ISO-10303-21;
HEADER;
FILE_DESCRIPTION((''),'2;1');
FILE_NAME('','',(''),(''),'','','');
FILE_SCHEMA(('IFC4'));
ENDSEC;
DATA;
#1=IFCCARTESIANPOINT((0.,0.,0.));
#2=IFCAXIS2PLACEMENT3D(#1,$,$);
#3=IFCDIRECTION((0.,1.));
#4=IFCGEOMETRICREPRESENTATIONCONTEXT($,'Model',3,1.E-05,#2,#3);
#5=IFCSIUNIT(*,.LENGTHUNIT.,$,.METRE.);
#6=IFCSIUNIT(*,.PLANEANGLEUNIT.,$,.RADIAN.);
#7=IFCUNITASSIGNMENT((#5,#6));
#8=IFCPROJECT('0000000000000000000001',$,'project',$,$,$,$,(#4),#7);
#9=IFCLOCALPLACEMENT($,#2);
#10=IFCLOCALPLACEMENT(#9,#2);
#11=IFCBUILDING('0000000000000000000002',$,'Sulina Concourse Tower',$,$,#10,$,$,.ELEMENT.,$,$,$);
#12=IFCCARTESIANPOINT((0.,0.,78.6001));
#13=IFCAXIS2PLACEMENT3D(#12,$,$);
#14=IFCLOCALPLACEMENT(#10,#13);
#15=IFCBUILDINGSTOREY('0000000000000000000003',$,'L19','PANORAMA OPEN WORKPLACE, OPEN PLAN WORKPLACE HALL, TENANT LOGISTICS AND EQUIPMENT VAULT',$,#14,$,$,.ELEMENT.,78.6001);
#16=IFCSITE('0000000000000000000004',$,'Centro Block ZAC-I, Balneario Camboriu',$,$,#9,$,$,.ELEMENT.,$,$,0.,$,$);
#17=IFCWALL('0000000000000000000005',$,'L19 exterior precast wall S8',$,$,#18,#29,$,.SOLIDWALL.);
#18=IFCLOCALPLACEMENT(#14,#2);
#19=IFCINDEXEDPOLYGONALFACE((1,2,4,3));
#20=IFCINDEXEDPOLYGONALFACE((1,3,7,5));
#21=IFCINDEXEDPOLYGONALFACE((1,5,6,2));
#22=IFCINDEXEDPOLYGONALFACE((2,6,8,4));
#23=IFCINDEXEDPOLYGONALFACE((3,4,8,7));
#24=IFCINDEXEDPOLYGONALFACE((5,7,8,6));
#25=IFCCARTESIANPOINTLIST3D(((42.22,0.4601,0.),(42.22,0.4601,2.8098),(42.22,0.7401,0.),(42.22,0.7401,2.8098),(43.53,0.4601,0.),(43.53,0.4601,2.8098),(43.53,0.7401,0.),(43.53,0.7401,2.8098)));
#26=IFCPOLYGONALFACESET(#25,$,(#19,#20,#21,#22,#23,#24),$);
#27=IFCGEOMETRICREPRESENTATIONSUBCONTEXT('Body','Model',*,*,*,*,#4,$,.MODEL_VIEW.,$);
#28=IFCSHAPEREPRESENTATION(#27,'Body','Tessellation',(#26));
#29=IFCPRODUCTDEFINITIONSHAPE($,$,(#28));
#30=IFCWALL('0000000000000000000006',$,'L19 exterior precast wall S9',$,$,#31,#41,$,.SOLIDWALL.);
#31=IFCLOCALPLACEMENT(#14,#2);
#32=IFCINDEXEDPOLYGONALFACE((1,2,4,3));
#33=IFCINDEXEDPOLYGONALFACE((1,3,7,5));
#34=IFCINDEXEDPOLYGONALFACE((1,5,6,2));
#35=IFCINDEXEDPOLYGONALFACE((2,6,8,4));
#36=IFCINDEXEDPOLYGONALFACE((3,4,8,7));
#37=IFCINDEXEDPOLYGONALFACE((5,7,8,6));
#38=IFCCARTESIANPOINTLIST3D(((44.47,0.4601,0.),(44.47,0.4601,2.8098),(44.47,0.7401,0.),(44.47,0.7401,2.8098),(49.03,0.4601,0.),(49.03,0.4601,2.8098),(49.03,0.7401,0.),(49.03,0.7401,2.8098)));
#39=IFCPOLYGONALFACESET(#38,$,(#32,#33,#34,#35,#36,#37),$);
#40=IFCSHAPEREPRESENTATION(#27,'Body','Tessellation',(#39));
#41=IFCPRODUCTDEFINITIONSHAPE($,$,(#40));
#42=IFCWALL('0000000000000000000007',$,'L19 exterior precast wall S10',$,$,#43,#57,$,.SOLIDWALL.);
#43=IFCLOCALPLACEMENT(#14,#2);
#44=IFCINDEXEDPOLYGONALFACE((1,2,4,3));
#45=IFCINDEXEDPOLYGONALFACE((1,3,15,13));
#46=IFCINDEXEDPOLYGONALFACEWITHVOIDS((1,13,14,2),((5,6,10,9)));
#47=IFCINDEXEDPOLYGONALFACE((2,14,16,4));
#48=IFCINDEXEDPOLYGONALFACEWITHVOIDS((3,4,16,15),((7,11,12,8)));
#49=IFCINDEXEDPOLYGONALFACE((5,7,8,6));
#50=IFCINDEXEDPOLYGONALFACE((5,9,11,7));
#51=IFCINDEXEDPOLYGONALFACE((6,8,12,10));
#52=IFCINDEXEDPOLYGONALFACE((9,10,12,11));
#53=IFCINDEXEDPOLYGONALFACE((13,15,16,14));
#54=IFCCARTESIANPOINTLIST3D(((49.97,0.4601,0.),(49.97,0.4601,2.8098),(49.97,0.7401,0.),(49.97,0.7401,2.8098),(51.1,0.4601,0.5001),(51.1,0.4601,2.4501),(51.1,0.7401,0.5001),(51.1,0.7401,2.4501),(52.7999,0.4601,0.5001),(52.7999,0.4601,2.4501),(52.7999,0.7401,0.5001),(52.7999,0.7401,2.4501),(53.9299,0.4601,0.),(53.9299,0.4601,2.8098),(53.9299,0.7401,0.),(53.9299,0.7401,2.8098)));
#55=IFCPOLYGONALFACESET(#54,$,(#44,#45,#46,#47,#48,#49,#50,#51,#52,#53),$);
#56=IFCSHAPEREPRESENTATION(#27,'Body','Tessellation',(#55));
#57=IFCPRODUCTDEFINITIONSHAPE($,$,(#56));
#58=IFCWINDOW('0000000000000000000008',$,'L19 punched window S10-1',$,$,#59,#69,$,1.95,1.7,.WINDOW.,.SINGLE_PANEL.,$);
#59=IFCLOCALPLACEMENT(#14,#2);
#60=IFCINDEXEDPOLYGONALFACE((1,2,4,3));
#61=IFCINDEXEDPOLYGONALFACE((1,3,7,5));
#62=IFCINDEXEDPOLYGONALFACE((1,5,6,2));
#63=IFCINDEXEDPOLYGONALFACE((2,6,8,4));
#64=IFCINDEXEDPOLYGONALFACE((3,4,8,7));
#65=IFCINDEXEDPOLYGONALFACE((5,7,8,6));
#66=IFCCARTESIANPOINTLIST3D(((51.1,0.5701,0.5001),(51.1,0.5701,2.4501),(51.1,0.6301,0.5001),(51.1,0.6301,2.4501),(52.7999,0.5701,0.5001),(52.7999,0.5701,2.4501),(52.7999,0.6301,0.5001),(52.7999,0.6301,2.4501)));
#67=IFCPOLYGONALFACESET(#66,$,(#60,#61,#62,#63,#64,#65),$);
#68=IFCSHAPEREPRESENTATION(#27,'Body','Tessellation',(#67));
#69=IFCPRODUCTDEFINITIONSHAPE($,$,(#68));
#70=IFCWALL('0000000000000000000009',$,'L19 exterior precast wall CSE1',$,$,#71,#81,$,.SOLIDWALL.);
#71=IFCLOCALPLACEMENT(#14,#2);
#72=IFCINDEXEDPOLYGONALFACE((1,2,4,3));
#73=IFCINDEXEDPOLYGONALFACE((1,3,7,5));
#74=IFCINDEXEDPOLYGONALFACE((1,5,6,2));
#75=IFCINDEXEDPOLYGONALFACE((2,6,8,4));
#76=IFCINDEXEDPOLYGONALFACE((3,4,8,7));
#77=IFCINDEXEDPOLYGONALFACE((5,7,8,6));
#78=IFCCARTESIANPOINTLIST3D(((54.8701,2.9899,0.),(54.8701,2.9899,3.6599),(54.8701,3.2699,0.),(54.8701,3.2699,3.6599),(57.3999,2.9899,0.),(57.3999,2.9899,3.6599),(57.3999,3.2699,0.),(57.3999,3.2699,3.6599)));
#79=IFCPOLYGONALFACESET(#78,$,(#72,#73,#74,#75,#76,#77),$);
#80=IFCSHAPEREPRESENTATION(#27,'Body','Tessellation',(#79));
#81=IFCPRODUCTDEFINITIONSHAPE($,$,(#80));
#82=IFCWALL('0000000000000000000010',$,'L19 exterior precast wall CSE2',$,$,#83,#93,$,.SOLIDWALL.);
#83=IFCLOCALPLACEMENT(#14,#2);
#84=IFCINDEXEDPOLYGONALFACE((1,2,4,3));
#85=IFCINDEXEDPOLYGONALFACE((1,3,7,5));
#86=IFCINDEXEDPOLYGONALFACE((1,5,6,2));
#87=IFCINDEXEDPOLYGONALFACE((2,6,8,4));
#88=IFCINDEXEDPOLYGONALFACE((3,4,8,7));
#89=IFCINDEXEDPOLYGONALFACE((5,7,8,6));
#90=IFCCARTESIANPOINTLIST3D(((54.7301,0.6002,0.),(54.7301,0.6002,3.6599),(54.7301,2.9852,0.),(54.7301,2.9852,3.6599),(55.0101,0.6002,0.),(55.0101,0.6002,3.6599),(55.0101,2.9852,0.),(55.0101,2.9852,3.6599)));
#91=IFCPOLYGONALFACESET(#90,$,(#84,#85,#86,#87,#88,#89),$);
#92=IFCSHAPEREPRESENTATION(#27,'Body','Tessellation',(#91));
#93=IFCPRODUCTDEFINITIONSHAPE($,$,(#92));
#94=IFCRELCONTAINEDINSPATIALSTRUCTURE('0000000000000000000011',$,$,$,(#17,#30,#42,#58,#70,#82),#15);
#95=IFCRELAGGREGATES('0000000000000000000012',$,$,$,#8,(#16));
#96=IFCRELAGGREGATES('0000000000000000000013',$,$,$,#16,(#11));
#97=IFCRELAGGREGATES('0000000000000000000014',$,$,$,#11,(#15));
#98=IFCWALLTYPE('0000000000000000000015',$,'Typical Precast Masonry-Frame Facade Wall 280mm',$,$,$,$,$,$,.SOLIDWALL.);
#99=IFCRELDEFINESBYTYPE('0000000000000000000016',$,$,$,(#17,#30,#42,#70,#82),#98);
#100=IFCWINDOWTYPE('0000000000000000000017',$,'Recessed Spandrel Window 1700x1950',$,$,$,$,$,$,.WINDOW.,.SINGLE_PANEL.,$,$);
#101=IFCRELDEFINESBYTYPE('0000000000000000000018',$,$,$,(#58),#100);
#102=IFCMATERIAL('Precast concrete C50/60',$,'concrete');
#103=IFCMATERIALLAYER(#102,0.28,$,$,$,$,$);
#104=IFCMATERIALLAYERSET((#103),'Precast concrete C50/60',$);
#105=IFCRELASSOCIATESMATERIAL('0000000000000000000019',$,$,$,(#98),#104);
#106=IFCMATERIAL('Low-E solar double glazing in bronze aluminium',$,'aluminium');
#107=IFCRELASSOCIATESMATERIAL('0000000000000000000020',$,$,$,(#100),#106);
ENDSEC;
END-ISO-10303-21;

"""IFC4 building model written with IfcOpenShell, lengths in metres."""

from ifc_helpers import new_model, si_unit, direction, frame, frame_2d, origin, place, context, subcontext, project, spatial, rectangle, extrude, material, layer, layer_set, type_object, element, fill, save


model = new_model("IFC4")

# Units and contexts
model_context = context("Model", 3, precision=1e-05, world=origin(), true_north=direction((0.0, 1.0)))
body_context = subcontext(model_context, "Body", "Model", "MODEL_VIEW")
ifc_project = project(units=[si_unit("LENGTHUNIT", "METRE"), si_unit("PLANEANGLEUNIT", "RADIAN")], contexts=[model_context])

# Site, building, storey
site_placement = place(None, origin())
site = spatial("IfcSite", under=ifc_project, at=site_placement, Name="Centro Block ZAC-I, Balneario Camboriu", CompositionType="ELEMENT", RefElevation=0.0)
building_placement = place(site_placement, origin())
building = spatial("IfcBuilding", under=site, at=building_placement, Name="Sulina Concourse Tower", CompositionType="ELEMENT")
storey_placement = place(building_placement, frame((0.0, 0.0, 78.6001)))
storey = spatial("IfcBuildingStorey", under=building, at=storey_placement, Name="L19", Description="PANORAMA OPEN WORKPLACE, OPEN PLAN WORKPLACE HALL, TENANT LOGISTICS AND EQUIPMENT VAULT", CompositionType="ELEMENT", Elevation=78.6001)

# Walls
ifc_material_1 = material(Name="Precast concrete C50/60", Category="concrete")
ifc_layer_1 = layer(ifc_material_1, 0.28)
ifc_layer_set_1 = layer_set([ifc_layer_1], Name="Precast concrete C50/60")
wall_type_1 = type_object("IfcWallType", Name="Typical Precast Masonry-Frame Facade Wall 280mm", PredefinedType="SOLIDWALL", material=ifc_layer_set_1)
wall_1_placement = place(storey_placement, frame((43.53, 0.6001, 0.0), z_axis=(0.0, 0.0, 1.0), x_axis=(-1.0, 0.0, 0.0)))
element("IfcWall", 1, at=wall_1_placement, inside=storey, type_object=wall_type_1, Name="L19 exterior precast wall S8", PredefinedType="SOLIDWALL", context=body_context, shape_type="SweptSolid", body=[
    extrude(rectangle(XDim=1.3101, YDim=0.28, at=frame_2d((0.655, 0.0))), origin(), (0.0, 0.0, 1.0), 2.8098),
])
wall_2_placement = place(storey_placement, frame((49.03, 0.6001, 0.0), z_axis=(0.0, 0.0, 1.0), x_axis=(-1.0, 0.0, 0.0)))
element("IfcWall", 2, at=wall_2_placement, inside=storey, type_object=wall_type_1, Name="L19 exterior precast wall S9", PredefinedType="SOLIDWALL", context=body_context, shape_type="SweptSolid", body=[
    extrude(rectangle(XDim=4.5601, YDim=0.28, at=frame_2d((2.28, 0.0))), origin(), (0.0, 0.0, 1.0), 2.8098),
])

# Wall, opening, window
wall_3_placement = place(storey_placement, frame((53.9299, 0.6001, 0.0), z_axis=(0.0, 0.0, 1.0), x_axis=(-1.0, 0.0, 0.0)))
wall_3 = element("IfcWall", 3, at=wall_3_placement, inside=storey, type_object=wall_type_1, Name="L19 exterior precast wall S10", PredefinedType="SOLIDWALL", context=body_context, shape_type="SweptSolid", body=[
    extrude(rectangle(XDim=3.96, YDim=0.28, at=frame_2d((1.98, 0.0))), origin(), (0.0, 0.0, 1.0), 2.8098),
])
opening_placement = place(wall_3_placement, frame((1.1299, 0.0, 0.5)))
opening = element("IfcOpeningElement", 4, at=opening_placement, cuts=wall_3, PredefinedType="OPENING", context=body_context, shape_type="SweptSolid", body=[
    extrude(rectangle(XDim=1.7, YDim=1.95, at=frame_2d((0.8501, 0.9751))), frame((0.0, 0.1499, 0.0), z_axis=(0.0, -1.0, 0.0), x_axis=(1.0, 0.0, 0.0)), (0.0, 0.0, 1.0), 0.3),
])
ifc_material_2 = material(Name="Low-E solar double glazing in bronze aluminium", Category="aluminium")
window_type = type_object("IfcWindowType", Name="Recessed Spandrel Window 1700x1950", PartitioningType="SINGLE_PANEL", PredefinedType="WINDOW", material=ifc_material_2)
window_placement = place(opening_placement, origin())
window = element("IfcWindow", 5, at=window_placement, inside=storey, type_object=window_type, Name="L19 punched window S10-1", OverallHeight=1.95, OverallWidth=1.7, PartitioningType="SINGLE_PANEL", PredefinedType="WINDOW", context=body_context, shape_type="SweptSolid", body=[
    extrude(rectangle(XDim=1.7, YDim=1.95, at=frame_2d((0.8501, 0.9751))), frame((0.0, 0.03, 0.0), z_axis=(0.0, -1.0, 0.0), x_axis=(1.0, 0.0, 0.0)), (0.0, 0.0, 1.0), 0.0601),
])
fill(opening, window)

# Walls
wall_4_placement = place(storey_placement, frame((57.3999, 3.1299, 0.0), z_axis=(0.0, 0.0, 1.0), x_axis=(-1.0, 0.0, 0.0)))
element("IfcWall", 6, at=wall_4_placement, inside=storey, type_object=wall_type_1, Name="L19 exterior precast wall CSE1", PredefinedType="SOLIDWALL", context=body_context, shape_type="SweptSolid", body=[
    extrude(rectangle(XDim=2.5298, YDim=0.28, at=frame_2d((1.2649, 0.0))), origin(), (0.0, 0.0, 1.0), 3.6599),
])
wall_5_placement = place(storey_placement, frame((54.8701, 2.9851, 0.0), z_axis=(0.0, 0.0, 1.0), x_axis=(0.0, -1.0, 0.0)))
element("IfcWall", 7, at=wall_5_placement, inside=storey, type_object=wall_type_1, Name="L19 exterior precast wall CSE2", PredefinedType="SOLIDWALL", context=body_context, shape_type="SweptSolid", body=[
    extrude(rectangle(XDim=2.385, YDim=0.28, at=frame_2d((1.1924, 0.0))), origin(), (0.0, 0.0, 1.0), 3.6599),
])

save(model, "model.ifc")
